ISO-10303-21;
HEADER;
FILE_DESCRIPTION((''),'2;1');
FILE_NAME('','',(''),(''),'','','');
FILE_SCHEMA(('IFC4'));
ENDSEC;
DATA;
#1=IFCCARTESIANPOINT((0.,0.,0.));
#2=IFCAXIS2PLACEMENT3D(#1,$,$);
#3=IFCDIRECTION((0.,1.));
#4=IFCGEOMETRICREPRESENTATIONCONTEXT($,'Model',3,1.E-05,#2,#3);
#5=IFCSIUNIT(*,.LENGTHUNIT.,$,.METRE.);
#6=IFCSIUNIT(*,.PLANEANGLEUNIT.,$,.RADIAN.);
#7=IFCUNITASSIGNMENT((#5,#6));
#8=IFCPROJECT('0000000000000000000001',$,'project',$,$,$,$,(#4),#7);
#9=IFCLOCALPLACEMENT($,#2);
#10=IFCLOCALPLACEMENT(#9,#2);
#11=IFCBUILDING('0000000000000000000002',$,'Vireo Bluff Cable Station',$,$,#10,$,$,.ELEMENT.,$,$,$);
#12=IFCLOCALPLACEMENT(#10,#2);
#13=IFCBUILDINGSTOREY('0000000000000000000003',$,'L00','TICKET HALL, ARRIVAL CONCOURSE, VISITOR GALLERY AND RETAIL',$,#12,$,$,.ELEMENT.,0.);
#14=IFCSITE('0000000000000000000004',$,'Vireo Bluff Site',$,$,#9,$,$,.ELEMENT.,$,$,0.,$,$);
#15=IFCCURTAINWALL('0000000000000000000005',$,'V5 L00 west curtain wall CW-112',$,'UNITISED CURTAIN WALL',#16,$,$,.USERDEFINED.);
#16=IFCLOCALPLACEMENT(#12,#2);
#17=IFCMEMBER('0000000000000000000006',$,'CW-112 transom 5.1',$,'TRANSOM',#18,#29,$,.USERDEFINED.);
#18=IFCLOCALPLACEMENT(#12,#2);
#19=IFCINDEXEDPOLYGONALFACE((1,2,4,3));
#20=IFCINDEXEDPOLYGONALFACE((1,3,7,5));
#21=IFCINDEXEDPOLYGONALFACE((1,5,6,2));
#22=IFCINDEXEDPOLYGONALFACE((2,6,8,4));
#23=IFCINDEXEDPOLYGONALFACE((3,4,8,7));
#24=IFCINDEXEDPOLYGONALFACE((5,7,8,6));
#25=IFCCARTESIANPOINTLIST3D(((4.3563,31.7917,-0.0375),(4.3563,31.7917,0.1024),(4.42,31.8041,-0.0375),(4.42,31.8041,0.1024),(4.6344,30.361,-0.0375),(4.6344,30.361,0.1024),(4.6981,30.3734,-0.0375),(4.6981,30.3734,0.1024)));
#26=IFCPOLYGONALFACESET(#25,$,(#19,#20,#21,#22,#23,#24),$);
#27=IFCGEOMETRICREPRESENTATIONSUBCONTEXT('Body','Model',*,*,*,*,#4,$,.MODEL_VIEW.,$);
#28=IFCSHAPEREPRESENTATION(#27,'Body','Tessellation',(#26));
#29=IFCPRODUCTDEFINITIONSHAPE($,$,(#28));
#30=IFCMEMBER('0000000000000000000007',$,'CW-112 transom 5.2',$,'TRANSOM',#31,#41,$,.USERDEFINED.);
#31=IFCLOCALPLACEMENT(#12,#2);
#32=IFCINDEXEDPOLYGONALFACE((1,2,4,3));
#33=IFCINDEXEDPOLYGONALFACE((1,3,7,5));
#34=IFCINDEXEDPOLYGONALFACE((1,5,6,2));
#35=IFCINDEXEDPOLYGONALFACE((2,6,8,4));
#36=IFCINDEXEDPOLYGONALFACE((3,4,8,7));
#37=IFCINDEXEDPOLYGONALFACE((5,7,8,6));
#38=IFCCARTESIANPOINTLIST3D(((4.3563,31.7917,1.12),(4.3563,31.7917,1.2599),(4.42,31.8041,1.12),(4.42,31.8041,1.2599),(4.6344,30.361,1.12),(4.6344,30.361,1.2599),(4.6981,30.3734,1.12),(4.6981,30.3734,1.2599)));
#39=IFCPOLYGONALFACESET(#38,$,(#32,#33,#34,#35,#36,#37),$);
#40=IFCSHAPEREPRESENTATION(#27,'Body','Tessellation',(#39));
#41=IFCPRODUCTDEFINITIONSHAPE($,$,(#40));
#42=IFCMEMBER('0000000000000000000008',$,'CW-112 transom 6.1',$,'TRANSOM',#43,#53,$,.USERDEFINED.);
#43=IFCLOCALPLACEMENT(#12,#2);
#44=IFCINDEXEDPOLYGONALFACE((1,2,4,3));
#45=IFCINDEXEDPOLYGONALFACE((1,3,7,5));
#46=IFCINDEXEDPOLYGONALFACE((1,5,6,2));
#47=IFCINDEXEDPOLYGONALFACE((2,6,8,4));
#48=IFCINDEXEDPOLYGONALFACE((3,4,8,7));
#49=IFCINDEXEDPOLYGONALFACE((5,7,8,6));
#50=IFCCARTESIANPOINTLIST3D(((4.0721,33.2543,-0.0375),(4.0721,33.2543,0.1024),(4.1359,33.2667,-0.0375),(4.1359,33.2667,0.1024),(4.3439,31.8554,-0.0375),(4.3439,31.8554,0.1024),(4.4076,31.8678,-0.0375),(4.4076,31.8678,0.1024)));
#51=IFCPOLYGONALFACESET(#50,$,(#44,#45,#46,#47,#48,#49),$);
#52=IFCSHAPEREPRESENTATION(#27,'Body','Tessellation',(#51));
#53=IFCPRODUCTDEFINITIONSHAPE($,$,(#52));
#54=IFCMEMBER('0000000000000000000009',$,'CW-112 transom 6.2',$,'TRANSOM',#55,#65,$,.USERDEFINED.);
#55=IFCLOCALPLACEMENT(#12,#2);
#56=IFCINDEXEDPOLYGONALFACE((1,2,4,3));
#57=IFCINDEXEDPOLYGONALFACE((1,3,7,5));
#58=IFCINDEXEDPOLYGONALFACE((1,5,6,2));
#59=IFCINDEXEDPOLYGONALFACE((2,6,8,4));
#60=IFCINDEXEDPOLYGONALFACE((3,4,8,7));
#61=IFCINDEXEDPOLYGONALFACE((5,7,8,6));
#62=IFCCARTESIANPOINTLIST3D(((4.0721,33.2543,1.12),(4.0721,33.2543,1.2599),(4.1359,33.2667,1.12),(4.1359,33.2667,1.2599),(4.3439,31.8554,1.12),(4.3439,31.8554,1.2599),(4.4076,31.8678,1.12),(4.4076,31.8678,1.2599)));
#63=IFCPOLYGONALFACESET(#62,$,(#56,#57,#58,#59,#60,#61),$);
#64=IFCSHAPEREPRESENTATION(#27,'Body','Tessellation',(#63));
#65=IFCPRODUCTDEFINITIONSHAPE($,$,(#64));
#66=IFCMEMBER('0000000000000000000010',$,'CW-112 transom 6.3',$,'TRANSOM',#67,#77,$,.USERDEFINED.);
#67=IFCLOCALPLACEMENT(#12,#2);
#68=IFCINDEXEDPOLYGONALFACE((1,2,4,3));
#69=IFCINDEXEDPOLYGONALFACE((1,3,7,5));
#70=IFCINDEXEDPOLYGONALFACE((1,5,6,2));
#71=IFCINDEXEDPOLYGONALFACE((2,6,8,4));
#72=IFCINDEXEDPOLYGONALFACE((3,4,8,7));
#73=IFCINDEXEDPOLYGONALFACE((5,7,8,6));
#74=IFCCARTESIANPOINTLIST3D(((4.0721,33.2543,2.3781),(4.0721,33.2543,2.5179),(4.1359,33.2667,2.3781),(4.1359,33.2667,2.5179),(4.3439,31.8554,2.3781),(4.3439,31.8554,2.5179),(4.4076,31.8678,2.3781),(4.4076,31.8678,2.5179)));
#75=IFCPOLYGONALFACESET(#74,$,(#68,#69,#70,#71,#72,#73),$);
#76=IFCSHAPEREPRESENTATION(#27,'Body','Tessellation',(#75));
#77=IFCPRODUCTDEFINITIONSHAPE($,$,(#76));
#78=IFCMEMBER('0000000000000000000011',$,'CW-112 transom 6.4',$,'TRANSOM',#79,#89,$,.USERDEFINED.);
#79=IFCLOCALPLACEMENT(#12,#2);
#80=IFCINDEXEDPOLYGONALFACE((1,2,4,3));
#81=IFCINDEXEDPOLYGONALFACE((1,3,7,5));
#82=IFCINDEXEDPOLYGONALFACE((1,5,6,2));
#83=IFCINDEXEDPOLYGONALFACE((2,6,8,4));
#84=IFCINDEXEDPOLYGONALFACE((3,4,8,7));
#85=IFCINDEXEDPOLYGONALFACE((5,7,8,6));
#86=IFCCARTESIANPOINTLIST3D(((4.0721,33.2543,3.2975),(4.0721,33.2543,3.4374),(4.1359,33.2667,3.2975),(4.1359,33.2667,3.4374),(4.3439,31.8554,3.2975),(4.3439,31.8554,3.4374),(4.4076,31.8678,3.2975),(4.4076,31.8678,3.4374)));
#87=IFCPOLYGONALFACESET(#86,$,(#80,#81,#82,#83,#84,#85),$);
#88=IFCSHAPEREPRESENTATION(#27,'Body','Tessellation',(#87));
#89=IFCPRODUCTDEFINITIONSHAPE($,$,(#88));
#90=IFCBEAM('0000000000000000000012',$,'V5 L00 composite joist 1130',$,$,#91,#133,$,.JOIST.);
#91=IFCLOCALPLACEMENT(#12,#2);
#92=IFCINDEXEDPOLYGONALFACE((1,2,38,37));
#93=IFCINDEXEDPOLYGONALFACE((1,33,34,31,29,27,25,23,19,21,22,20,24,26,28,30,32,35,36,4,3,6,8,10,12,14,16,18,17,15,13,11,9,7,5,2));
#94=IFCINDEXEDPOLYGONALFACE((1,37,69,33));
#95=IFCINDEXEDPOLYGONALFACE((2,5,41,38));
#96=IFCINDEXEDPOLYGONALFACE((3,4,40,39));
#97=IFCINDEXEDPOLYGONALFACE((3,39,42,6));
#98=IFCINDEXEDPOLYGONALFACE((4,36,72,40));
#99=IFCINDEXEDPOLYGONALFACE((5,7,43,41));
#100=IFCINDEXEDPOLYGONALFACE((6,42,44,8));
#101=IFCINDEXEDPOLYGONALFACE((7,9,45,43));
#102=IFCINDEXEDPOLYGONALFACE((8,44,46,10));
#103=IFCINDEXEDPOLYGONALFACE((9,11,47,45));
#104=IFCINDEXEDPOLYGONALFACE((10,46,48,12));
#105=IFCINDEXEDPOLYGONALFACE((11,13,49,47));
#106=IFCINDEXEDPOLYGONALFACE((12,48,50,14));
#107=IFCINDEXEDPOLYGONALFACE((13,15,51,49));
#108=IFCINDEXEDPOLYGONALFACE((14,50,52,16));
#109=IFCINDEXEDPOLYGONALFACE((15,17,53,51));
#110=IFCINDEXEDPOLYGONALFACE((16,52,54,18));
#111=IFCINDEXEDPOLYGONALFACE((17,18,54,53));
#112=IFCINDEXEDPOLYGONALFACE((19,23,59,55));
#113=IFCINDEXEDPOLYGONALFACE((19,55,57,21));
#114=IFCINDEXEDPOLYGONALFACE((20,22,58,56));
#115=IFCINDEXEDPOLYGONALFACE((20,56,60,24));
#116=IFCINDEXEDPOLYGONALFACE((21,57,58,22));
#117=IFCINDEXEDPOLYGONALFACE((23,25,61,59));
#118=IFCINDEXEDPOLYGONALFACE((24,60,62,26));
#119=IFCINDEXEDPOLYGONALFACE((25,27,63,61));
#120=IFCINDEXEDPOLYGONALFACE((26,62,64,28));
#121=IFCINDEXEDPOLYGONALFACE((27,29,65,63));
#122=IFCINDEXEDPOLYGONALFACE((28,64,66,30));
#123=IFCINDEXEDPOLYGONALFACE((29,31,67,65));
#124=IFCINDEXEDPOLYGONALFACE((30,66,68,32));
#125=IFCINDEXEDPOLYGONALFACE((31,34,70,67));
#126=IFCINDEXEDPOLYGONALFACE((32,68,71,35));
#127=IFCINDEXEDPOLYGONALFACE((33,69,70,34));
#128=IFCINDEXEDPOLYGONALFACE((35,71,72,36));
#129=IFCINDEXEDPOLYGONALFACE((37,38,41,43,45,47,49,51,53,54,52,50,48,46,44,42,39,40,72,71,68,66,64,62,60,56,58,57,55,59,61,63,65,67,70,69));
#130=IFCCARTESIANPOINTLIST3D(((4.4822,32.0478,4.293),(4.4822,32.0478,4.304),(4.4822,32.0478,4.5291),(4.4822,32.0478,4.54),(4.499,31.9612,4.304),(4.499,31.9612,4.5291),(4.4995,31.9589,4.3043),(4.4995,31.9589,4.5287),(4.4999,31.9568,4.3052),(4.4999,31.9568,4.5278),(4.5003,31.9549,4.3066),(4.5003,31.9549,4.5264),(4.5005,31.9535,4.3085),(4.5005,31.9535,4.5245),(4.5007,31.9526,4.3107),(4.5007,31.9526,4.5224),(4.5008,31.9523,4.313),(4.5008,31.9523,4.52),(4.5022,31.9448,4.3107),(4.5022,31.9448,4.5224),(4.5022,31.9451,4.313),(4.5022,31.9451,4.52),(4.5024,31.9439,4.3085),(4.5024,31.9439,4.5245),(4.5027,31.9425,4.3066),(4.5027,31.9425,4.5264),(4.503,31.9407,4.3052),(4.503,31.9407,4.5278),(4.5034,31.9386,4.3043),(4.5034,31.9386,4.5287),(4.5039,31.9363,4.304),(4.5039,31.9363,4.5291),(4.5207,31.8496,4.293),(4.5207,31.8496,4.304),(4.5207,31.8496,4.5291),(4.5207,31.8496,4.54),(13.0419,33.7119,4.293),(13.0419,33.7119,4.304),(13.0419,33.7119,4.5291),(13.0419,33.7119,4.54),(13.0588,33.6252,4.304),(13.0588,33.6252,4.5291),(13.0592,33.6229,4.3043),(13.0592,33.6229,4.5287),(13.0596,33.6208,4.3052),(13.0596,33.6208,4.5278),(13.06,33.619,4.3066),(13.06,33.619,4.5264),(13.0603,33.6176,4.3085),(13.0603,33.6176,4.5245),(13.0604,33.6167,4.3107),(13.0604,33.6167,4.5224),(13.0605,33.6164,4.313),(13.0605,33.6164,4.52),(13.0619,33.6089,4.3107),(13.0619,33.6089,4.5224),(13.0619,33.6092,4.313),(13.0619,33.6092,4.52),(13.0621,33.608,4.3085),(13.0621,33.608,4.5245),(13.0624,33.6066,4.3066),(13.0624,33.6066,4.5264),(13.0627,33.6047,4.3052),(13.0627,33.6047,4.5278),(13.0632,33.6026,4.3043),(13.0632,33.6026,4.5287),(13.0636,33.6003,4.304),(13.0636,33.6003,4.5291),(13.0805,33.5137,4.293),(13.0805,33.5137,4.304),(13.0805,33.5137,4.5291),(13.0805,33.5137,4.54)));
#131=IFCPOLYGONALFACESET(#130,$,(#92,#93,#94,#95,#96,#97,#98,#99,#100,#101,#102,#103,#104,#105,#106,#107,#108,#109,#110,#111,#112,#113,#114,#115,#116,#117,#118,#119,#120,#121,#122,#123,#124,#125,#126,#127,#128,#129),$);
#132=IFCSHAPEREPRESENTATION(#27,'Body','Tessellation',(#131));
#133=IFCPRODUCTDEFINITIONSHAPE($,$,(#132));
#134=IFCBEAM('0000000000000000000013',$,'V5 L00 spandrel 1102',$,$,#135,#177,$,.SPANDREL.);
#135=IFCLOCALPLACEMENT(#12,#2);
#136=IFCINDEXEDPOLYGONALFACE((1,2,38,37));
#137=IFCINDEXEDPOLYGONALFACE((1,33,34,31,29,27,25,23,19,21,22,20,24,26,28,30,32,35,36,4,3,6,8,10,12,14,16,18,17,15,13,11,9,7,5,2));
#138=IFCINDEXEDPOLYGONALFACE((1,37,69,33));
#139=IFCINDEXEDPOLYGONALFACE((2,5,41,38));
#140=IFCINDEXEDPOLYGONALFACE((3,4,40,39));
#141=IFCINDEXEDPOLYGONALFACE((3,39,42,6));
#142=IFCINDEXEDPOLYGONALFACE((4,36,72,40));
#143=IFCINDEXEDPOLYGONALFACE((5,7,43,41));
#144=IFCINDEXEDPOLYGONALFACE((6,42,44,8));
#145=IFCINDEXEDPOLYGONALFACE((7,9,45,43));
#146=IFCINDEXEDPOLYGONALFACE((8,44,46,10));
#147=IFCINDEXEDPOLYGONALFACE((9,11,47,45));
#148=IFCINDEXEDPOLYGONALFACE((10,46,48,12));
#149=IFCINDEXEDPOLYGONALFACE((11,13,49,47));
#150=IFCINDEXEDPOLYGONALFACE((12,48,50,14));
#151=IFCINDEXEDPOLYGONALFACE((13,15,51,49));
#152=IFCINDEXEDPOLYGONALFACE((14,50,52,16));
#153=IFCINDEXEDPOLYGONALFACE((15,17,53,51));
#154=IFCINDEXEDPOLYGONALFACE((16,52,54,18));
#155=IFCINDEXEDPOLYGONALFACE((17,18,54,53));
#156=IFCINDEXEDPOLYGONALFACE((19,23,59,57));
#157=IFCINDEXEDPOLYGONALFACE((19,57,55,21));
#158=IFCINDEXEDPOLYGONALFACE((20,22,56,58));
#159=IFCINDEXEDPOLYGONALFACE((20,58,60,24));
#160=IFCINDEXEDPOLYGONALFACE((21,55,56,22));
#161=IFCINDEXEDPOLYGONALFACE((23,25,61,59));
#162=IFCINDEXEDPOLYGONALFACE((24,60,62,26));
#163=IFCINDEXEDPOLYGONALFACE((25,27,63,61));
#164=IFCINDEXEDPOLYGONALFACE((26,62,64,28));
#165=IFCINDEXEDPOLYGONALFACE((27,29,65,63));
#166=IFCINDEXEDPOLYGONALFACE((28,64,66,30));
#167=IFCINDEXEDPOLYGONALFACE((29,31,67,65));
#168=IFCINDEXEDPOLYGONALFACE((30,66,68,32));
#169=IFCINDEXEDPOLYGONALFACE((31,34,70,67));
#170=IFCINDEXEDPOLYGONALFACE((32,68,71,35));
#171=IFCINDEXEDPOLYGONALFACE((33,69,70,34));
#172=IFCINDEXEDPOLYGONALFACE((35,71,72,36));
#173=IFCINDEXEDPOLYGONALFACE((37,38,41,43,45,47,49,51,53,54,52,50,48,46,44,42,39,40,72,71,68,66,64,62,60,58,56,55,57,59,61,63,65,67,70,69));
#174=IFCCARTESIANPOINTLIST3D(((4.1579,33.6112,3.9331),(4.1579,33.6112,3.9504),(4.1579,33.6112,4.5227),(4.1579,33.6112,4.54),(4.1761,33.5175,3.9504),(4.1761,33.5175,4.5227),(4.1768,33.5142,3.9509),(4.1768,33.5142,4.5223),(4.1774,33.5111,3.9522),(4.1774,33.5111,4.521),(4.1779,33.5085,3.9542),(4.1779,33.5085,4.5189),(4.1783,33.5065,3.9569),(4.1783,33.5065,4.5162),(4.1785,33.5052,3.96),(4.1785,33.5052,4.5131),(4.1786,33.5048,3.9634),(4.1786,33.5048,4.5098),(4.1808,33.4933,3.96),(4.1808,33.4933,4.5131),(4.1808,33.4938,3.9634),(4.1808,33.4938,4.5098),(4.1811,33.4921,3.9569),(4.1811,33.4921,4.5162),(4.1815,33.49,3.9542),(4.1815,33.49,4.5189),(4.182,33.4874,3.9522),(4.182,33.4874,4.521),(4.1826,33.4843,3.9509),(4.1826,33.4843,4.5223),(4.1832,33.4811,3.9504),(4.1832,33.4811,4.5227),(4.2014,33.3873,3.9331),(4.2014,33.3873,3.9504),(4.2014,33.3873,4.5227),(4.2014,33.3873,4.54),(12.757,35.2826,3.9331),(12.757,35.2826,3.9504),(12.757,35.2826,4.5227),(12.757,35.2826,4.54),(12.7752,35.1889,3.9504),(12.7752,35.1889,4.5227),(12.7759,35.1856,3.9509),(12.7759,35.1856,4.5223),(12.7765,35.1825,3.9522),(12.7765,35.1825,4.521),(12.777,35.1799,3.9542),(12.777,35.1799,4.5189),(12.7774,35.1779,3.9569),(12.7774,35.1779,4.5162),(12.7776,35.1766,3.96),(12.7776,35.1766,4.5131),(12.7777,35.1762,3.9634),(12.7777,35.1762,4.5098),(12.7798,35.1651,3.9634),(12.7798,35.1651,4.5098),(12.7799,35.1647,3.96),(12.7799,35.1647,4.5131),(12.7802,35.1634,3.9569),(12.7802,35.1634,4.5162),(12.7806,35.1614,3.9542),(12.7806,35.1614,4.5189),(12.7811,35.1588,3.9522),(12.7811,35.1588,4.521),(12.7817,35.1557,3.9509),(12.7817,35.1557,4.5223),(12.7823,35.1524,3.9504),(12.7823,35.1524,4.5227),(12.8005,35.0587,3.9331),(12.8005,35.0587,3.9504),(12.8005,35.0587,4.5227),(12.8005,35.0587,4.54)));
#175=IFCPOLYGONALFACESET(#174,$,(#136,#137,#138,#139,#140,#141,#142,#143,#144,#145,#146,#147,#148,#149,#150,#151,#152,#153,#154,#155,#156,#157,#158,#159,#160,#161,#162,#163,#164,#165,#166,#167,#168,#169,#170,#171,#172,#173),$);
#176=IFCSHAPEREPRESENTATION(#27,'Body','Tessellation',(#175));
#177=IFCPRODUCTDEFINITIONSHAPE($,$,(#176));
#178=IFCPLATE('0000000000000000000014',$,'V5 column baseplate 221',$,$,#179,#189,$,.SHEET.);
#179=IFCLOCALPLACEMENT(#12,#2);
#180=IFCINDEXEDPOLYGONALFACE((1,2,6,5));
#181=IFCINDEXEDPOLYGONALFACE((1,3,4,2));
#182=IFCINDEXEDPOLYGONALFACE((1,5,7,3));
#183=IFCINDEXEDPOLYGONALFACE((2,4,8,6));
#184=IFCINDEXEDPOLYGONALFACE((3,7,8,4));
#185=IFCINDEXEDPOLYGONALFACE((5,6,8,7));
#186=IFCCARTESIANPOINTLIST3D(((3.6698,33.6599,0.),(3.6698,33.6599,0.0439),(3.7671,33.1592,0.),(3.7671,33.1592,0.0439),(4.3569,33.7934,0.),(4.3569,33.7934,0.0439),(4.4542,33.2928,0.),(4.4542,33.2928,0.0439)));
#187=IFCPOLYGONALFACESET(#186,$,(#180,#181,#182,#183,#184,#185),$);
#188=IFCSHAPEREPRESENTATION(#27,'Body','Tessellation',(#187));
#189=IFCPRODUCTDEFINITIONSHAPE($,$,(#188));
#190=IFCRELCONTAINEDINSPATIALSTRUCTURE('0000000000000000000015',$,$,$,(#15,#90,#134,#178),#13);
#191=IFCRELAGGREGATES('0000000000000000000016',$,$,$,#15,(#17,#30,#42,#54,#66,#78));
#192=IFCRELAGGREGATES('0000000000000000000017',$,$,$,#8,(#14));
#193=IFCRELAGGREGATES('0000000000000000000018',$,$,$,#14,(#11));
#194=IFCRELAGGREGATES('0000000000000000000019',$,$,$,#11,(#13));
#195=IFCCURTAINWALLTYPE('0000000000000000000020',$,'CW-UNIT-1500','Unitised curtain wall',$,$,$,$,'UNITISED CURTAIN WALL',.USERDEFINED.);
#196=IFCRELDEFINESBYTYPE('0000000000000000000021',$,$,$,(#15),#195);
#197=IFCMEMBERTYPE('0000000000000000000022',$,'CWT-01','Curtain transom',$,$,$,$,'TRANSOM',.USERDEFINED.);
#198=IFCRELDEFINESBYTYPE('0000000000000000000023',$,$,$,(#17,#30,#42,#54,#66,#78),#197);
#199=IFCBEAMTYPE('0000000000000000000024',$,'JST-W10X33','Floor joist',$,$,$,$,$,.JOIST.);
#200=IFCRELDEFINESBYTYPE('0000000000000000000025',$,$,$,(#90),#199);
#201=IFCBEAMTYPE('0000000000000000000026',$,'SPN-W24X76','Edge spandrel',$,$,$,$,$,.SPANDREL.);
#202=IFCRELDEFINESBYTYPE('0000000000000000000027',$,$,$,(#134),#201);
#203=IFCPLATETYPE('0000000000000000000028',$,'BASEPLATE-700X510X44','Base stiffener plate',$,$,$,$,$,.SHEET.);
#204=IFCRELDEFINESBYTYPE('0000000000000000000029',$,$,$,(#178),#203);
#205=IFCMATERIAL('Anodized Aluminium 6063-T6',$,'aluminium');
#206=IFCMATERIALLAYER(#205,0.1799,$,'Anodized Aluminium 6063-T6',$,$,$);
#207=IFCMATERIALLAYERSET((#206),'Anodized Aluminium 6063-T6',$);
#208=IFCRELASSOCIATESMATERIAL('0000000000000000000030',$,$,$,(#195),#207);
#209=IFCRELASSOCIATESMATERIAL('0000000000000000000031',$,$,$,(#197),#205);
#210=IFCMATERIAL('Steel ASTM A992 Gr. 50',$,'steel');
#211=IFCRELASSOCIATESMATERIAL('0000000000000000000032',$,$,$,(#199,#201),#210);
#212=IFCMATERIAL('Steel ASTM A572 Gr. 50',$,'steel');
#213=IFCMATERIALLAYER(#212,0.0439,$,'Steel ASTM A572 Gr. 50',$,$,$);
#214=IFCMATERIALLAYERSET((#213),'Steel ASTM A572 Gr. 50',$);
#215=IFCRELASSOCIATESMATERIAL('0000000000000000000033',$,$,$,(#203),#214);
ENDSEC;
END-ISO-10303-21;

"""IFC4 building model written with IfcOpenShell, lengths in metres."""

from ifc_helpers import new_model, si_unit, direction, frame, origin, origin_2d, place, context, subcontext, project, spatial, rectangle, i_section, extrude, material, layer, layer_set, material_profile, profile_set, type_object, element, aggregate, save


model = new_model("IFC4")

# Units and contexts
model_context = context("Model", 3, precision=1e-05, world=origin(), true_north=direction((0.0, 1.0)))
body_context = subcontext(model_context, "Body", "Model", "MODEL_VIEW")
ifc_project = project(units=[si_unit("LENGTHUNIT", "METRE"), si_unit("PLANEANGLEUNIT", "RADIAN")], contexts=[model_context])

# Site, building, storey
site_placement = place(None, origin())
site = spatial("IfcSite", under=ifc_project, at=site_placement, Name="Vireo Bluff Site", CompositionType="ELEMENT", RefElevation=0.0)
building_placement = place(site_placement, origin())
building = spatial("IfcBuilding", under=site, at=building_placement, Name="Vireo Bluff Cable Station", CompositionType="ELEMENT")
storey_placement = place(building_placement, origin())
storey = spatial("IfcBuildingStorey", under=building, at=storey_placement, Name="L00", Description="TICKET HALL, ARRIVAL CONCOURSE, VISITOR GALLERY AND RETAIL", CompositionType="ELEMENT", Elevation=0.0)

# Shared definitions
ifc_material_1 = material(Name="Steel ASTM A992 Gr. 50", Category="steel")

# Curtain wall, members
ifc_material_2 = material(Name="Anodized Aluminium 6063-T6", Category="aluminium")
ifc_layer_1 = layer(ifc_material_2, 0.1799, Name="Anodized Aluminium 6063-T6")
ifc_layer_set_1 = layer_set([ifc_layer_1], Name="Anodized Aluminium 6063-T6")
curtain_wall_type = type_object("IfcCurtainWallType", Name="CW-UNIT-1500", Description="Unitised curtain wall", ElementType="UNITISED CURTAIN WALL", PredefinedType="USERDEFINED", material=ifc_layer_set_1)
curtain_wall_placement = place(storey_placement, origin())
curtain_wall = element("IfcCurtainWall", 1, at=curtain_wall_placement, inside=storey, type_object=curtain_wall_type, Name="V5 L00 west curtain wall CW-112", ObjectType="UNITISED CURTAIN WALL", PredefinedType="USERDEFINED")
ifc_material_profile_1 = material_profile(ifc_material_2, rectangle(XDim=0.0649, YDim=0.1399, at=origin_2d()), Name="ALU-T-65X140")
ifc_profile_set_1 = profile_set([ifc_material_profile_1], Name="Anodized Aluminium 6063-T6")
member_type_1 = type_object("IfcMemberType", Name="CWT-01", Description="Curtain transom", ElementType="TRANSOM", PredefinedType="USERDEFINED", material=ifc_profile_set_1)
member_1_placement = place(storey_placement, frame((4.6663, 30.3672, 0.0325), z_axis=(-0.190798, 0.981629, 0.0), x_axis=(-0.981629, -0.190798, 0.0)))
member_1 = element("IfcMember", 2, at=member_1_placement, type_object=member_type_1, Name="CW-112 transom 5.1", ObjectType="TRANSOM", PredefinedType="USERDEFINED", context=body_context, shape_type="SweptSolid", body=[
    extrude(rectangle(XDim=0.0649, YDim=0.1399, at=origin_2d()), origin(), (0.0, 0.0, 1.0), 1.4575),
])
member_2_placement = place(storey_placement, frame((4.6663, 30.3672, 1.1899), z_axis=(-0.190798, 0.981629, 0.0), x_axis=(-0.981629, -0.190798, 0.0)))
member_2 = element("IfcMember", 3, at=member_2_placement, type_object=member_type_1, Name="CW-112 transom 5.2", ObjectType="TRANSOM", PredefinedType="USERDEFINED", context=body_context, shape_type="SweptSolid", body=[
    extrude(rectangle(XDim=0.0649, YDim=0.1399, at=origin_2d()), origin(), (0.0, 0.0, 1.0), 1.4575),
])
member_3_placement = place(storey_placement, frame((4.3757, 31.8616, 0.0325), z_axis=(-0.190677, 0.981653, 0.0), x_axis=(-0.981653, -0.190677, 0.0)))
member_3 = element("IfcMember", 4, at=member_3_placement, type_object=member_type_1, Name="CW-112 transom 6.1", ObjectType="TRANSOM", PredefinedType="USERDEFINED", context=body_context, shape_type="SweptSolid", body=[
    extrude(rectangle(XDim=0.0649, YDim=0.1399, at=origin_2d()), origin(), (0.0, 0.0, 1.0), 1.425),
])
member_4_placement = place(storey_placement, frame((4.3757, 31.8616, 1.1899), z_axis=(-0.190677, 0.981653, 0.0), x_axis=(-0.981653, -0.190677, 0.0)))
member_4 = element("IfcMember", 5, at=member_4_placement, type_object=member_type_1, Name="CW-112 transom 6.2", ObjectType="TRANSOM", PredefinedType="USERDEFINED", context=body_context, shape_type="SweptSolid", body=[
    extrude(rectangle(XDim=0.0649, YDim=0.1399, at=origin_2d()), origin(), (0.0, 0.0, 1.0), 1.425),
])
member_5_placement = place(storey_placement, frame((4.3757, 31.8616, 2.448), z_axis=(-0.190677, 0.981653, 0.0), x_axis=(-0.981653, -0.190677, 0.0)))
member_5 = element("IfcMember", 6, at=member_5_placement, type_object=member_type_1, Name="CW-112 transom 6.3", ObjectType="TRANSOM", PredefinedType="USERDEFINED", context=body_context, shape_type="SweptSolid", body=[
    extrude(rectangle(XDim=0.0649, YDim=0.1399, at=origin_2d()), origin(), (0.0, 0.0, 1.0), 1.425),
])
member_6_placement = place(storey_placement, frame((4.3757, 31.8616, 3.3674), z_axis=(-0.190677, 0.981653, 0.0), x_axis=(-0.981653, -0.190677, 0.0)))
member_6 = element("IfcMember", 7, at=member_6_placement, type_object=member_type_1, Name="CW-112 transom 6.4", ObjectType="TRANSOM", PredefinedType="USERDEFINED", context=body_context, shape_type="SweptSolid", body=[
    extrude(rectangle(XDim=0.0649, YDim=0.1399, at=origin_2d()), origin(), (0.0, 0.0, 1.0), 1.425),
])

# Beams
ifc_material_profile_2 = material_profile(ifc_material_1, i_section(OverallWidth=0.2019, OverallDepth=0.2471, WebThickness=0.0073, FlangeThickness=0.011, FilletRadius=0.009, at=origin_2d()), Name="W10X33")
ifc_profile_set_2 = profile_set([ifc_material_profile_2], Name="Steel ASTM A992 Gr. 50")
beam_type_1 = type_object("IfcBeamType", Name="JST-W10X33", Description="Floor joist", PredefinedType="JOIST", material=ifc_profile_set_2)
beam_1_placement = place(storey_placement, frame((4.5015, 31.9487, 4.4165), z_axis=(0.981623, 0.190831, 0.0), x_axis=(-0.190831, 0.981623, 0.0)))
element("IfcBeam", 8, at=beam_1_placement, inside=storey, type_object=beam_type_1, Name="V5 L00 composite joist 1130", PredefinedType="JOIST", context=body_context, shape_type="SweptSolid", body=[
    extrude(i_section(OverallWidth=0.2019, OverallDepth=0.2471, WebThickness=0.0073, FlangeThickness=0.011, FilletRadius=0.009, at=origin_2d()), origin(), (0.0, 0.0, 1.0), 8.72),
])
ifc_material_profile_3 = material_profile(ifc_material_1, i_section(OverallWidth=0.228, OverallDepth=0.6069, WebThickness=0.0112, FlangeThickness=0.0173, FilletRadius=0.0129, at=origin_2d()), Name="W24X76")
ifc_profile_set_3 = profile_set([ifc_material_profile_3], Name="Steel ASTM A992 Gr. 50")
beam_type_2 = type_object("IfcBeamType", Name="SPN-W24X76", Description="Edge spandrel", PredefinedType="SPANDREL", material=ifc_profile_set_3)
beam_2_placement = place(storey_placement, frame((4.1797, 33.4993, 4.2366), z_axis=(0.98163, 0.190797, 0.0), x_axis=(-0.190797, 0.98163, 0.0)))
element("IfcBeam", 9, at=beam_2_placement, inside=storey, type_object=beam_type_2, Name="V5 L00 spandrel 1102", PredefinedType="SPANDREL", context=body_context, shape_type="SweptSolid", body=[
    extrude(i_section(OverallWidth=0.228, OverallDepth=0.6069, WebThickness=0.0112, FlangeThickness=0.0173, FilletRadius=0.0129, at=origin_2d()), origin(), (0.0, 0.0, 1.0), 8.76),
])

# Plate
ifc_material_3 = material(Name="Steel ASTM A572 Gr. 50", Category="steel")
ifc_layer_2 = layer(ifc_material_3, 0.0439, Name="Steel ASTM A572 Gr. 50")
ifc_layer_set_2 = layer_set([ifc_layer_2], Name="Steel ASTM A572 Gr. 50")
plate_type_1 = type_object("IfcPlateType", Name="BASEPLATE-700X510X44", Description="Base stiffener plate", PredefinedType="SHEET", material=ifc_layer_set_2)
plate_1_placement = place(storey_placement, frame((4.062, 33.4763, 0.0), z_axis=(0.0, 0.0, 1.0), x_axis=(0.981627, 0.190809, 0.0)))
element("IfcPlate", 10, at=plate_1_placement, inside=storey, type_object=plate_type_1, Name="V5 column baseplate 221", PredefinedType="SHEET", context=body_context, shape_type="SweptSolid", body=[
    extrude(rectangle(XDim=0.7, YDim=0.51, at=origin_2d()), origin(), (0.0, 0.0, 1.0), 0.0439),
])
aggregate(curtain_wall, [member_1, member_2, member_3, member_4, member_5, member_6])

save(model, "model.ifc")
